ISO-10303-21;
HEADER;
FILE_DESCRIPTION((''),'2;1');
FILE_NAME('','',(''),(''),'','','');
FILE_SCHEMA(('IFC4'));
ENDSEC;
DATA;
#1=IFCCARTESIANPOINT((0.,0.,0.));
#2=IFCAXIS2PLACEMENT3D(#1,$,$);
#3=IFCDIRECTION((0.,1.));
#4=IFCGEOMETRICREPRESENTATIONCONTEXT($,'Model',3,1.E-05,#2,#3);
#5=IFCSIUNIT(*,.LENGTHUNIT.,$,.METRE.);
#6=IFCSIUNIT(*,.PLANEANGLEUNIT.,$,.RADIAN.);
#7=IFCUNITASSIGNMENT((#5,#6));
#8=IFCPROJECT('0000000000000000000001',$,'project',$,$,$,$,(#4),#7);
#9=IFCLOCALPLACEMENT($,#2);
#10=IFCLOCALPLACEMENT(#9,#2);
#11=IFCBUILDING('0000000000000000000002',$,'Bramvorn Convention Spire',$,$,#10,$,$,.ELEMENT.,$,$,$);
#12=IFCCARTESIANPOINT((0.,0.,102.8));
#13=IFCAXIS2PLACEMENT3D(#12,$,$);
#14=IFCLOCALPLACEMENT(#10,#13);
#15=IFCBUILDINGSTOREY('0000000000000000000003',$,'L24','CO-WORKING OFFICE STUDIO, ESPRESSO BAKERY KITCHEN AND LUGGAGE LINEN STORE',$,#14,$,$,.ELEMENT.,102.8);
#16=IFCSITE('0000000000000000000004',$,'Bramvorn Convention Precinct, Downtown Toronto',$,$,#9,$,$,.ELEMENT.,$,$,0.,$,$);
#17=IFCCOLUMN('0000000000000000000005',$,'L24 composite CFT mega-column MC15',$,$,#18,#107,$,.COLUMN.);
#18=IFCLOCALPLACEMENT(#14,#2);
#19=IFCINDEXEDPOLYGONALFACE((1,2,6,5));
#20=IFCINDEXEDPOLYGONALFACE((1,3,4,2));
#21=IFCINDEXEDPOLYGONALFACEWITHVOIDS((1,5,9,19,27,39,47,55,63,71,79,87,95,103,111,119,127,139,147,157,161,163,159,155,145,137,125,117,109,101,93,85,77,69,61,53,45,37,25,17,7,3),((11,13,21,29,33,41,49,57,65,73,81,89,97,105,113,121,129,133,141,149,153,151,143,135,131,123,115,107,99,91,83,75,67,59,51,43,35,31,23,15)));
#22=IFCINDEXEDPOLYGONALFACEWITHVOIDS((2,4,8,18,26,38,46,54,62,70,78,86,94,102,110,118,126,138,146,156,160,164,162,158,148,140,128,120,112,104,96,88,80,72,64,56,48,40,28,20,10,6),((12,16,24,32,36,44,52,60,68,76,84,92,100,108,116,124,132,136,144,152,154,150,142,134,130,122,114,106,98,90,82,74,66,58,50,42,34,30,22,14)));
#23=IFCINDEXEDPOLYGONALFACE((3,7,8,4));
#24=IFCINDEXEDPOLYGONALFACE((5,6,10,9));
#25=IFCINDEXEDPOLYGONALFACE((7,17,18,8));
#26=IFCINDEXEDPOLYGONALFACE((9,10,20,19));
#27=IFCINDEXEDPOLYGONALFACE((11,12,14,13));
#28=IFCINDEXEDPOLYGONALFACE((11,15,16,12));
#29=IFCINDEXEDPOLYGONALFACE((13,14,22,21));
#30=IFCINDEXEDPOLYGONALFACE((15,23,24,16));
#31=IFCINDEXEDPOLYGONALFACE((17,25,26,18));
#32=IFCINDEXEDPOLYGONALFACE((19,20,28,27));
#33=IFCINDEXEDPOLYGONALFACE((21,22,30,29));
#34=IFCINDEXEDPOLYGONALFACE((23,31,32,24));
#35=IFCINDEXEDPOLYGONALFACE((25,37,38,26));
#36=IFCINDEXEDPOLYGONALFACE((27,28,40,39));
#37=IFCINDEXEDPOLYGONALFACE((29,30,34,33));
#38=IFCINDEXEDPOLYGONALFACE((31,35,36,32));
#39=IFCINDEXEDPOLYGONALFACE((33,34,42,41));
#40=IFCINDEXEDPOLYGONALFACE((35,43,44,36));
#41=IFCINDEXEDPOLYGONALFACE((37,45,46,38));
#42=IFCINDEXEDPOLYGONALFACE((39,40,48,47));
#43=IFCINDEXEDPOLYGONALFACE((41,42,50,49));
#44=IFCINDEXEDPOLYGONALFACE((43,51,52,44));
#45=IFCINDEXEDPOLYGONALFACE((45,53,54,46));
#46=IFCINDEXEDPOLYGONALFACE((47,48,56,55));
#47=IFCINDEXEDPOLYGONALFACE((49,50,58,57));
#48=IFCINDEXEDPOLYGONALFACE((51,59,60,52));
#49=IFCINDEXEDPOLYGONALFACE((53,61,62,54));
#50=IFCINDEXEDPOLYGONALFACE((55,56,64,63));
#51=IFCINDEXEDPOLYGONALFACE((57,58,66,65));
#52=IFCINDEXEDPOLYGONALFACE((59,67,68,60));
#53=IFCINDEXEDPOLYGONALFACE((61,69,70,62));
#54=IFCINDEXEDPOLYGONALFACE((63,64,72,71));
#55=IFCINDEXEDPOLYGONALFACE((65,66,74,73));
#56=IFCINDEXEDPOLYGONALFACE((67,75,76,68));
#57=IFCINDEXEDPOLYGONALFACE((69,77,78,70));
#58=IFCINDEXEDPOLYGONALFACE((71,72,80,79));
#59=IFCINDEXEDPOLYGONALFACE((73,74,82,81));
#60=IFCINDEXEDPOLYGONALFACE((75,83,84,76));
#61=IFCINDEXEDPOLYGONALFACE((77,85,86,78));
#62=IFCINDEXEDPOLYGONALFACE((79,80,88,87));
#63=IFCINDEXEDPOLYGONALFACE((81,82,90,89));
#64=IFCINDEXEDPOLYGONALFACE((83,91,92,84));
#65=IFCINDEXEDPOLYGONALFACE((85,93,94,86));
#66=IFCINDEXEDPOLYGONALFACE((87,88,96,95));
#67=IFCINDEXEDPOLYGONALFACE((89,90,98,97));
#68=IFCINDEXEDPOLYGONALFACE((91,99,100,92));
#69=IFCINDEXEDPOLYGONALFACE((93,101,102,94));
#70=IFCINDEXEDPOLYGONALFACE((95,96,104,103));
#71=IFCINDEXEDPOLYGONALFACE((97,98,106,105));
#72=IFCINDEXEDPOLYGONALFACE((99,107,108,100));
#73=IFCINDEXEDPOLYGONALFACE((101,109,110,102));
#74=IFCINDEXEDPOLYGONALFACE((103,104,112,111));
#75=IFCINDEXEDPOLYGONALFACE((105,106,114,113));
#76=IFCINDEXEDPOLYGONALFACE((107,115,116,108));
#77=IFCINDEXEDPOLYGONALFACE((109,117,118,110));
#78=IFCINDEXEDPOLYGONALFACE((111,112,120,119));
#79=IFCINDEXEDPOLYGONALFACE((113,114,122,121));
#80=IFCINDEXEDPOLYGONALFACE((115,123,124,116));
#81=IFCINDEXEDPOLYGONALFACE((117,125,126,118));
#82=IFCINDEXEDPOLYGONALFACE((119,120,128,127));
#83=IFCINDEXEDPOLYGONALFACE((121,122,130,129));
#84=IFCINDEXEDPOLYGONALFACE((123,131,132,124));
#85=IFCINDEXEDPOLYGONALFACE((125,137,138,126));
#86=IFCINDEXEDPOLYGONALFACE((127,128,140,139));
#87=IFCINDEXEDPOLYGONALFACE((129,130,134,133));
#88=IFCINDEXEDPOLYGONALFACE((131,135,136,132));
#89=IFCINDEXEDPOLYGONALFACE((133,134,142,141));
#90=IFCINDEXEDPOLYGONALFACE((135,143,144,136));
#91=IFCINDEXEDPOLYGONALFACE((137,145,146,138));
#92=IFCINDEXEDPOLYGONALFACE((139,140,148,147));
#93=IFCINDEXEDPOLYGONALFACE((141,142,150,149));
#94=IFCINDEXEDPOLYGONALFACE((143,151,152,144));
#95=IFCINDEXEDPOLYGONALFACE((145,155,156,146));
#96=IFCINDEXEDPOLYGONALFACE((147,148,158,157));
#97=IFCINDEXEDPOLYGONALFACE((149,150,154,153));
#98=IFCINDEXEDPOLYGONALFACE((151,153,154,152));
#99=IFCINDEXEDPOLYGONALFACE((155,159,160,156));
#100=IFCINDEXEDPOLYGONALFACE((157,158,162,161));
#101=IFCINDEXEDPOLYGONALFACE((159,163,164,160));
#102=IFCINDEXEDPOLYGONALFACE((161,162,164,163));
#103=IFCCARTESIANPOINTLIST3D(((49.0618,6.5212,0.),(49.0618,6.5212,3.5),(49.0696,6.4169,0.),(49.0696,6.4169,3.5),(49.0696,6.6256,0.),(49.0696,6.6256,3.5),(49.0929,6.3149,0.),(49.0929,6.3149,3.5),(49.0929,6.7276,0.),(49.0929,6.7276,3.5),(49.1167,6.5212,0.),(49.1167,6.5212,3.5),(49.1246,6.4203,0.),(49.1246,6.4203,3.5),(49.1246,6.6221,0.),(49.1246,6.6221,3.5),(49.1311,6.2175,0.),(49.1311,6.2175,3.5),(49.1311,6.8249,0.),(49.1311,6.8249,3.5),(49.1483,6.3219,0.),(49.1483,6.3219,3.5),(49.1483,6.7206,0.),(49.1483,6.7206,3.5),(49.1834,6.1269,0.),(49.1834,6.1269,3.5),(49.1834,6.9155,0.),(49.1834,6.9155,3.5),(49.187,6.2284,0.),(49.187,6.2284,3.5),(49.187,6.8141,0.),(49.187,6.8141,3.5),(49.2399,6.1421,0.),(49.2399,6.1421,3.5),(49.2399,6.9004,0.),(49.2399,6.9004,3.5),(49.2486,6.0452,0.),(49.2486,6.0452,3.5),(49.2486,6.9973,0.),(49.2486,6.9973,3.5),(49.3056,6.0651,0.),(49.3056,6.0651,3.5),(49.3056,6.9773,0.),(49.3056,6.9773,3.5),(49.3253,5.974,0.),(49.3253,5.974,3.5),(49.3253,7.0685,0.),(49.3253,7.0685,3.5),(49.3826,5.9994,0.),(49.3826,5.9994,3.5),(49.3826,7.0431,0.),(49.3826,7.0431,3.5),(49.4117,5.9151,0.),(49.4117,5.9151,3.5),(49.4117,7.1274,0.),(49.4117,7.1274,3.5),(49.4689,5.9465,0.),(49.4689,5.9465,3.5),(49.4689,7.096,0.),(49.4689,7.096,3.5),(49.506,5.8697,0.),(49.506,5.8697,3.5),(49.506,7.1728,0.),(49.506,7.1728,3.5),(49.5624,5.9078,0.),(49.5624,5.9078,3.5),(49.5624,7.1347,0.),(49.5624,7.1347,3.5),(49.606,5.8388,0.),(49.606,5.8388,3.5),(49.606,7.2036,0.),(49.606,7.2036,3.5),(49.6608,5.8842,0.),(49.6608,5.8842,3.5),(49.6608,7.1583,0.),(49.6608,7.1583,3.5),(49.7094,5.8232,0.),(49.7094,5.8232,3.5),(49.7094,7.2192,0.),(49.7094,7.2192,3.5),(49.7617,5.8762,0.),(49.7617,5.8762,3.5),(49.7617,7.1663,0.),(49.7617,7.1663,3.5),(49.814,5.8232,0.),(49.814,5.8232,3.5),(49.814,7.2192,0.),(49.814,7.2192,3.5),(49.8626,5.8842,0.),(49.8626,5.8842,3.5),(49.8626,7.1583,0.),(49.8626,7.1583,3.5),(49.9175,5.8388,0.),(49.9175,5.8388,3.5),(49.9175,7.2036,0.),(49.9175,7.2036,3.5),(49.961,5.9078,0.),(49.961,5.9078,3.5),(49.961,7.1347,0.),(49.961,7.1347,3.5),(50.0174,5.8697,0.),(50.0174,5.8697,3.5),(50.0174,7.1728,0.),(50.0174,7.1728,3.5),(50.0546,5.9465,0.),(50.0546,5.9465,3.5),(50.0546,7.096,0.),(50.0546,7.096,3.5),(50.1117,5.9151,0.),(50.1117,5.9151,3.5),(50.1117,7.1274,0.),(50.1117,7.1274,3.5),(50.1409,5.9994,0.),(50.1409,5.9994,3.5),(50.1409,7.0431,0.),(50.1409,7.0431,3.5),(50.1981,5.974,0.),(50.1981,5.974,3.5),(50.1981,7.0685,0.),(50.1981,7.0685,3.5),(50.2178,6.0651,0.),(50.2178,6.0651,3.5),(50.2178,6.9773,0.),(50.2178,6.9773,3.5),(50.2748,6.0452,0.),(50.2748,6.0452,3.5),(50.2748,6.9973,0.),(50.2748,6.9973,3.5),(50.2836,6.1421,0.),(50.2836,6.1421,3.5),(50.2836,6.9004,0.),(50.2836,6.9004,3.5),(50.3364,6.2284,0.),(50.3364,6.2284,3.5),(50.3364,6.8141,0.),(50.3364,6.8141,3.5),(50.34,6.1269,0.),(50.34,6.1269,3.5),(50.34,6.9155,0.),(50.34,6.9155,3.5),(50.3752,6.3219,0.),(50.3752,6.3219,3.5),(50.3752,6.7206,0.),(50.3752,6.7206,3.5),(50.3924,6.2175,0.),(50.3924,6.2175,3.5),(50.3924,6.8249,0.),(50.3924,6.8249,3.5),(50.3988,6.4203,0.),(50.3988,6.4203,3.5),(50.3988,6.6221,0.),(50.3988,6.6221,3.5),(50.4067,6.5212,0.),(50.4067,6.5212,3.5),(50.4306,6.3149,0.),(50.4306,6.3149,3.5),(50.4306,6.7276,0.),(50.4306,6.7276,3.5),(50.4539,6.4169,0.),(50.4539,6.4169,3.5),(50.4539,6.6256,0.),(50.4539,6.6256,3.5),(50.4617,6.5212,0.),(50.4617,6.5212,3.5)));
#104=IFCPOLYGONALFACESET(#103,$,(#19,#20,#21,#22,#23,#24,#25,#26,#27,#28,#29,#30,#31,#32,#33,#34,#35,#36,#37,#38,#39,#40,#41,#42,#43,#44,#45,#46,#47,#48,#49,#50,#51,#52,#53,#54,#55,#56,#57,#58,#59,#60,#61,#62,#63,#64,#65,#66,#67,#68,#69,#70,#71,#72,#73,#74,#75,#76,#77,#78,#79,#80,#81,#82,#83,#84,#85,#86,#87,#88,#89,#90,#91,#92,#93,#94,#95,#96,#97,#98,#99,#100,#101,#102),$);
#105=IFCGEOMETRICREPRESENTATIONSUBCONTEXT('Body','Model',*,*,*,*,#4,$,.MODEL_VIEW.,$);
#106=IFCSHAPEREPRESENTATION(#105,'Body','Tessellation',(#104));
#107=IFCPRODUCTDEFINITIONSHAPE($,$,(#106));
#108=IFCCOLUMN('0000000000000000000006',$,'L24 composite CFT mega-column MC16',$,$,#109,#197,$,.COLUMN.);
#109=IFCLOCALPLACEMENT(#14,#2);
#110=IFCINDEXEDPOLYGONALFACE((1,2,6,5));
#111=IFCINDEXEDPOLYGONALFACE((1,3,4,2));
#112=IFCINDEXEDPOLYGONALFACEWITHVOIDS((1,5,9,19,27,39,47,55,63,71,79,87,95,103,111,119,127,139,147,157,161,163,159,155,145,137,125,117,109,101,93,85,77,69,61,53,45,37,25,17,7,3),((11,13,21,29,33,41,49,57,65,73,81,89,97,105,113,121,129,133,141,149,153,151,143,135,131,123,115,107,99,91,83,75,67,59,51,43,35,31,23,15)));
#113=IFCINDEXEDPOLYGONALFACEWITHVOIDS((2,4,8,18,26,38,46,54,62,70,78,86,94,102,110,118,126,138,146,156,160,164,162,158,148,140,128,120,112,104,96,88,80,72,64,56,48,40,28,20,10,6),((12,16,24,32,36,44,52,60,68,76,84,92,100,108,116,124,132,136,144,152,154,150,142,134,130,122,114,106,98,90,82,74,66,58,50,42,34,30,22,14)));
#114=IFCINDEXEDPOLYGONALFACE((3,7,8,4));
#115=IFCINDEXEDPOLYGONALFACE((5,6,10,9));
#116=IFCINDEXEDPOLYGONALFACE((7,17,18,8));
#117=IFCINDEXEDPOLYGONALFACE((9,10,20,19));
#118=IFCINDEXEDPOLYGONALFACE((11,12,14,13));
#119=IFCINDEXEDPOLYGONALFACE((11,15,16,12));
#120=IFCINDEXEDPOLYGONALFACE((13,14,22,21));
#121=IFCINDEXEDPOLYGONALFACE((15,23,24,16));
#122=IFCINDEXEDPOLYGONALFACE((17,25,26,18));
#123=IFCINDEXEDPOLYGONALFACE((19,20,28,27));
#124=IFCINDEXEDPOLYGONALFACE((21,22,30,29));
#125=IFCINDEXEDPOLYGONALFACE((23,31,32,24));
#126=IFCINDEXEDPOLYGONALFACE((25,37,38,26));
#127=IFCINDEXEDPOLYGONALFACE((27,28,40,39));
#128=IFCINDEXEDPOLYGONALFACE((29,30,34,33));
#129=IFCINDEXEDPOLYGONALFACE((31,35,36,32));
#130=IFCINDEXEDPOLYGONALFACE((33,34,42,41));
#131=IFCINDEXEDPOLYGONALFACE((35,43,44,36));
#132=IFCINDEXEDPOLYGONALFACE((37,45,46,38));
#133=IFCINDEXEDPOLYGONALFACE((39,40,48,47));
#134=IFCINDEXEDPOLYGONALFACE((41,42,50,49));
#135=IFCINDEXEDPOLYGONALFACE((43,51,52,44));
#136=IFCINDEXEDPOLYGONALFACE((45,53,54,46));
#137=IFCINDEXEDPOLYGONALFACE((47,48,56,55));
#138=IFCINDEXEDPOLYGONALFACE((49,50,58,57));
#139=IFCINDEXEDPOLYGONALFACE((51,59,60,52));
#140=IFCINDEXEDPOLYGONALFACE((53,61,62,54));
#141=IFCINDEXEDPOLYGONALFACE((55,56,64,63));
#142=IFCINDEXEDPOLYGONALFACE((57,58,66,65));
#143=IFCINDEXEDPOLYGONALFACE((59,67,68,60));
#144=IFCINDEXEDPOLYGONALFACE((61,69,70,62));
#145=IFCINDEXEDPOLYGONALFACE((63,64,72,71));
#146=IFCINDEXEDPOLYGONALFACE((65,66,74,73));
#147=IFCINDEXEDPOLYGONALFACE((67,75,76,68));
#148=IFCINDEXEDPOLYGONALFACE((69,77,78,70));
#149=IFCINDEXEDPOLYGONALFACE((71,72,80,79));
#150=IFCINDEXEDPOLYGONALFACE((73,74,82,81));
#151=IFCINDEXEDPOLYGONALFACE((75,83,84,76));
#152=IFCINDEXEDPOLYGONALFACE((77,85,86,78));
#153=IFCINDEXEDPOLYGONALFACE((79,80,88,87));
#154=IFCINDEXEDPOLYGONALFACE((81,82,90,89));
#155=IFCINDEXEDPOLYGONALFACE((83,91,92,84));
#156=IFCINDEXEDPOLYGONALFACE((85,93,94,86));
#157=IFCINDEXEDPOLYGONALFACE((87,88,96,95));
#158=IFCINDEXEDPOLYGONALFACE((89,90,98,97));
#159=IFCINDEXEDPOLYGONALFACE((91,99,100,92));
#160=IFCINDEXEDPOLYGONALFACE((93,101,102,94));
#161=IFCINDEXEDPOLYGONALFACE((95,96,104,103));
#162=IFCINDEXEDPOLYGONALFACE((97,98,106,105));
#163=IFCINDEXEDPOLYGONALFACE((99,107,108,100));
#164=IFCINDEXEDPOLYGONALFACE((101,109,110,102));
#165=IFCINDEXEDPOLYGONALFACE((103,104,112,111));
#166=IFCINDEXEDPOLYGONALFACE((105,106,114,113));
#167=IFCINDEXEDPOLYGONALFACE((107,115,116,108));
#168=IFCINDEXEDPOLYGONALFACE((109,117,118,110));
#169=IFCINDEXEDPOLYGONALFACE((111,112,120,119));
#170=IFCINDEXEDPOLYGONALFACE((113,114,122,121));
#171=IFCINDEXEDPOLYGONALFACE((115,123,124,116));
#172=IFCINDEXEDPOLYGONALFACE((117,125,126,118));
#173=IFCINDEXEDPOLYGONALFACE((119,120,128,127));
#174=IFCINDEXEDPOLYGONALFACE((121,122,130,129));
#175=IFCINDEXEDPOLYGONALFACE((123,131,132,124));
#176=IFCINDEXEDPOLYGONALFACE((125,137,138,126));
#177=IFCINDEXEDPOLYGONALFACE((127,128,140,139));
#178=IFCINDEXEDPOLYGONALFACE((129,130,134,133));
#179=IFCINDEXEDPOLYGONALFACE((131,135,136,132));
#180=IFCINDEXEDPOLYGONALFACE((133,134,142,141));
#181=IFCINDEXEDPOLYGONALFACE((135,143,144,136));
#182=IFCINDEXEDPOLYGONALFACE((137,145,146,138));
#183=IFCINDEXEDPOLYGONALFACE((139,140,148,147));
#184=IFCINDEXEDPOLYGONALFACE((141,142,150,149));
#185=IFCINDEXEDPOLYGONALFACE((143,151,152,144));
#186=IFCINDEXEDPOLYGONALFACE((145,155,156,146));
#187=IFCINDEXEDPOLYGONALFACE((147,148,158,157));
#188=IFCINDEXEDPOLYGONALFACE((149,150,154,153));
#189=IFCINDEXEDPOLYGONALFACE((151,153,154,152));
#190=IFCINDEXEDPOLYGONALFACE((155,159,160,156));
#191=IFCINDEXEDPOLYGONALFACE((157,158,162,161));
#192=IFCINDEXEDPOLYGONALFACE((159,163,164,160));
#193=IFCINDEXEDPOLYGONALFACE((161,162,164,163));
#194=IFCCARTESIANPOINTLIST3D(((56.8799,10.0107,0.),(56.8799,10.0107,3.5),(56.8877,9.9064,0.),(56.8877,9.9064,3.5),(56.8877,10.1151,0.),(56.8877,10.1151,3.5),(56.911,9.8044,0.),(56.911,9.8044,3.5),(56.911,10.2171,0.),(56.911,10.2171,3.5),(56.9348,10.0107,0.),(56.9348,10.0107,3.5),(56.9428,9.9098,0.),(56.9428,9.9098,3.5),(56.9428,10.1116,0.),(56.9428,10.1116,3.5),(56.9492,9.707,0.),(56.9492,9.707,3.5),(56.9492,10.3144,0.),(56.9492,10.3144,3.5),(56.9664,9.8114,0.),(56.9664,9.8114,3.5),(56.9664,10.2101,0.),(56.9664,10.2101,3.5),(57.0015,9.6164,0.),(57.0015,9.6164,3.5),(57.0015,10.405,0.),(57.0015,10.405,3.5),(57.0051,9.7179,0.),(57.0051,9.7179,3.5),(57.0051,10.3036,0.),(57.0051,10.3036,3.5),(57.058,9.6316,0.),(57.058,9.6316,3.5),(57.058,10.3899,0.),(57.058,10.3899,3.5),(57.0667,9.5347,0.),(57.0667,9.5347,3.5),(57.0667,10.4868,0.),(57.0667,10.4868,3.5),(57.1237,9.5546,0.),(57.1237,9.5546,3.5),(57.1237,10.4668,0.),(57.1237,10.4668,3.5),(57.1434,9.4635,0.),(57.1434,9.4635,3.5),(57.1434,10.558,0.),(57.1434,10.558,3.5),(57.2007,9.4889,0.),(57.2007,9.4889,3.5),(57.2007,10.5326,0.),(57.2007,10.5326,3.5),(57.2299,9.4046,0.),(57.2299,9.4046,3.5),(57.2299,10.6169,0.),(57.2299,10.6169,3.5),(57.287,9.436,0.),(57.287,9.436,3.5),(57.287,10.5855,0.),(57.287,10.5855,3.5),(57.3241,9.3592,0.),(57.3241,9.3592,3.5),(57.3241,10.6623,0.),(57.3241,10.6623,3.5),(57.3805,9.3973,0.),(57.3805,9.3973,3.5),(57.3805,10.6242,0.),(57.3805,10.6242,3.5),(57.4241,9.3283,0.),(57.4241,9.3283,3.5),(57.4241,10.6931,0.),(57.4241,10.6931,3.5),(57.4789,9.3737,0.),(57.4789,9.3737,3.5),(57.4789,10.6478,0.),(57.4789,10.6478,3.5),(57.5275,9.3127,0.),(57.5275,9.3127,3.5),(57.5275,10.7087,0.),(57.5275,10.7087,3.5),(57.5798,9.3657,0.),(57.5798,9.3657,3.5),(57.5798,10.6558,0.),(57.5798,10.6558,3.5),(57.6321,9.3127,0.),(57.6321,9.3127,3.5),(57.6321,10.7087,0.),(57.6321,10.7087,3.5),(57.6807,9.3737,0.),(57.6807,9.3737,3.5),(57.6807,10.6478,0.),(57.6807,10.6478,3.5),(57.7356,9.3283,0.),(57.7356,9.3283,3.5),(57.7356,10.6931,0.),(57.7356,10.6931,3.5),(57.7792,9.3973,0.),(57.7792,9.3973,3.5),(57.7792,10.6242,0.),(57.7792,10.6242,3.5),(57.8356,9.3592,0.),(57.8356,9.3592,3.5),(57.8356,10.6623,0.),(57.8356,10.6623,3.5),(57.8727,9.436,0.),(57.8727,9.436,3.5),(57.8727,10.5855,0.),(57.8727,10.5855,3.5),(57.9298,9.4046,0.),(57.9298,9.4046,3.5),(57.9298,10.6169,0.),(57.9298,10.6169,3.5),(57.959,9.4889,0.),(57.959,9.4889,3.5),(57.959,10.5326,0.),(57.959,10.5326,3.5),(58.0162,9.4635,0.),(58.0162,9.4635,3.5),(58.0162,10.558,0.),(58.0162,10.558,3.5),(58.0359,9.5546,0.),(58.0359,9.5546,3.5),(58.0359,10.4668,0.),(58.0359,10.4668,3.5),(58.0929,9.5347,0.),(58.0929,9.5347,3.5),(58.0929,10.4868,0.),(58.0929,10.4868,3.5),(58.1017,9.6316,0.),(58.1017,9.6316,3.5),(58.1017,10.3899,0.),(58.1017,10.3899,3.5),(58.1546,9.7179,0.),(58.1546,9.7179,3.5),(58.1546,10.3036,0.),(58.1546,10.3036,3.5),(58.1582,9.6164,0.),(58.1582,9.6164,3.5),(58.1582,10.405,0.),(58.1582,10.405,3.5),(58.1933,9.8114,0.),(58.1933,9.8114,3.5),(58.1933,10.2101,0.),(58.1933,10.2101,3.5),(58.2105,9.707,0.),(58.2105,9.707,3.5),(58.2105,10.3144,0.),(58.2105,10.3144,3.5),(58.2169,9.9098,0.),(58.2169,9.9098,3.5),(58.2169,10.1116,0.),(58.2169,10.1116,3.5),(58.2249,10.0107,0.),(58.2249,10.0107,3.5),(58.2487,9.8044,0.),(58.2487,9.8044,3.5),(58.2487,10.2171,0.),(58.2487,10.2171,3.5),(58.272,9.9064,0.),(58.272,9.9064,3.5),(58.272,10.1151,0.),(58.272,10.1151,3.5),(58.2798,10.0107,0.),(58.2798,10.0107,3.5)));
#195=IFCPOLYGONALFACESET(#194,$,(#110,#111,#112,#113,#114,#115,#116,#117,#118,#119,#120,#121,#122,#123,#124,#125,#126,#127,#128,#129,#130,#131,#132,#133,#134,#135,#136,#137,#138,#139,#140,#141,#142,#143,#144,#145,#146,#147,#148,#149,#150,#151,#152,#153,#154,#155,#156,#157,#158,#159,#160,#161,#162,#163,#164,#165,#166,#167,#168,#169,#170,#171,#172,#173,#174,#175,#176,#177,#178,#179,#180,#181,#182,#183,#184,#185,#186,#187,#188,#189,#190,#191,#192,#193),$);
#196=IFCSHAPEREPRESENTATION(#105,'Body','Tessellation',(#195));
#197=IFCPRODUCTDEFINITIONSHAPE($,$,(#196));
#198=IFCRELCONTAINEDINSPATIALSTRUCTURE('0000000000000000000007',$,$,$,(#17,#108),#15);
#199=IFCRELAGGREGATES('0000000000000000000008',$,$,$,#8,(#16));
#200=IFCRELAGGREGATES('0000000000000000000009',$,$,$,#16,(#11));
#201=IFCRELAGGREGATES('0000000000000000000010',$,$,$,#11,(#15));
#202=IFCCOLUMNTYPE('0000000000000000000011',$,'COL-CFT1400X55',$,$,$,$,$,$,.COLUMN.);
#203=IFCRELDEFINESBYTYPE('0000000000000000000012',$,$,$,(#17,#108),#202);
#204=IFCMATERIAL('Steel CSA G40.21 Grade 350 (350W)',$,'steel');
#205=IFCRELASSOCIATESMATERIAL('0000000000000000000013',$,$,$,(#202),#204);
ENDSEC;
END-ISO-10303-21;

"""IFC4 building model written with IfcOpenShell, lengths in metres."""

from ifc_helpers import new_model, si_unit, direction, frame, origin, origin_2d, place, context, subcontext, project, spatial, hollow_circle, extrude, material, material_profile, profile_set, type_object, element, save


model = new_model("IFC4")

# Units and contexts
model_context = context("Model", 3, precision=1e-05, world=origin(), true_north=direction((0.0, 1.0)))
body_context = subcontext(model_context, "Body", "Model", "MODEL_VIEW")
ifc_project = project(units=[si_unit("LENGTHUNIT", "METRE"), si_unit("PLANEANGLEUNIT", "RADIAN")], contexts=[model_context])

# Site, building, storey
site_placement = place(None, origin())
site = spatial("IfcSite", under=ifc_project, at=site_placement, Name="Bramvorn Convention Precinct, Downtown Toronto", CompositionType="ELEMENT", RefElevation=0.0)
building_placement = place(site_placement, origin())
building = spatial("IfcBuilding", under=site, at=building_placement, Name="Bramvorn Convention Spire", CompositionType="ELEMENT")
storey_placement = place(building_placement, frame((0.0, 0.0, 102.8)))
storey = spatial("IfcBuildingStorey", under=building, at=storey_placement, Name="L24", Description="CO-WORKING OFFICE STUDIO, ESPRESSO BAKERY KITCHEN AND LUGGAGE LINEN STORE", CompositionType="ELEMENT", Elevation=102.8)

# Columns
ifc_material_1 = material(Name="Steel CSA G40.21 Grade 350 (350W)", Category="steel")
ifc_material_profile_1 = material_profile(ifc_material_1, hollow_circle(Radius=0.7, WallThickness=0.0549, at=origin_2d()))
ifc_profile_set_1 = profile_set([ifc_material_profile_1], Name="Steel CSA G40.21 Grade 350 (350W) - CFT1400X55")
column_type = type_object("IfcColumnType", Name="COL-CFT1400X55", PredefinedType="COLUMN", material=ifc_profile_set_1)
for number, where, z_axis, x_axis, name in (
    (1, (49.7617, 6.5212, 0.0), (0.0, 0.0, 1.0), (1.0, 0.0, 0.0), "L24 composite CFT mega-column MC15"),
    (2, (57.5798, 10.0107, 0.0), (0.0, 0.0, 1.0), (1.0, 0.0, 0.0), "L24 composite CFT mega-column MC16"),
):
    element("IfcColumn", number, at=place(storey_placement, frame(where, z_axis=z_axis, x_axis=x_axis)), inside=storey, type_object=column_type, Name=name, PredefinedType="COLUMN", context=body_context, shape_type="SweptSolid", body=[
        extrude(hollow_circle(Radius=0.7, WallThickness=0.0549, at=origin_2d()), origin(), (0.0, 0.0, 1.0), 3.5),
    ])

save(model, "model.ifc")
